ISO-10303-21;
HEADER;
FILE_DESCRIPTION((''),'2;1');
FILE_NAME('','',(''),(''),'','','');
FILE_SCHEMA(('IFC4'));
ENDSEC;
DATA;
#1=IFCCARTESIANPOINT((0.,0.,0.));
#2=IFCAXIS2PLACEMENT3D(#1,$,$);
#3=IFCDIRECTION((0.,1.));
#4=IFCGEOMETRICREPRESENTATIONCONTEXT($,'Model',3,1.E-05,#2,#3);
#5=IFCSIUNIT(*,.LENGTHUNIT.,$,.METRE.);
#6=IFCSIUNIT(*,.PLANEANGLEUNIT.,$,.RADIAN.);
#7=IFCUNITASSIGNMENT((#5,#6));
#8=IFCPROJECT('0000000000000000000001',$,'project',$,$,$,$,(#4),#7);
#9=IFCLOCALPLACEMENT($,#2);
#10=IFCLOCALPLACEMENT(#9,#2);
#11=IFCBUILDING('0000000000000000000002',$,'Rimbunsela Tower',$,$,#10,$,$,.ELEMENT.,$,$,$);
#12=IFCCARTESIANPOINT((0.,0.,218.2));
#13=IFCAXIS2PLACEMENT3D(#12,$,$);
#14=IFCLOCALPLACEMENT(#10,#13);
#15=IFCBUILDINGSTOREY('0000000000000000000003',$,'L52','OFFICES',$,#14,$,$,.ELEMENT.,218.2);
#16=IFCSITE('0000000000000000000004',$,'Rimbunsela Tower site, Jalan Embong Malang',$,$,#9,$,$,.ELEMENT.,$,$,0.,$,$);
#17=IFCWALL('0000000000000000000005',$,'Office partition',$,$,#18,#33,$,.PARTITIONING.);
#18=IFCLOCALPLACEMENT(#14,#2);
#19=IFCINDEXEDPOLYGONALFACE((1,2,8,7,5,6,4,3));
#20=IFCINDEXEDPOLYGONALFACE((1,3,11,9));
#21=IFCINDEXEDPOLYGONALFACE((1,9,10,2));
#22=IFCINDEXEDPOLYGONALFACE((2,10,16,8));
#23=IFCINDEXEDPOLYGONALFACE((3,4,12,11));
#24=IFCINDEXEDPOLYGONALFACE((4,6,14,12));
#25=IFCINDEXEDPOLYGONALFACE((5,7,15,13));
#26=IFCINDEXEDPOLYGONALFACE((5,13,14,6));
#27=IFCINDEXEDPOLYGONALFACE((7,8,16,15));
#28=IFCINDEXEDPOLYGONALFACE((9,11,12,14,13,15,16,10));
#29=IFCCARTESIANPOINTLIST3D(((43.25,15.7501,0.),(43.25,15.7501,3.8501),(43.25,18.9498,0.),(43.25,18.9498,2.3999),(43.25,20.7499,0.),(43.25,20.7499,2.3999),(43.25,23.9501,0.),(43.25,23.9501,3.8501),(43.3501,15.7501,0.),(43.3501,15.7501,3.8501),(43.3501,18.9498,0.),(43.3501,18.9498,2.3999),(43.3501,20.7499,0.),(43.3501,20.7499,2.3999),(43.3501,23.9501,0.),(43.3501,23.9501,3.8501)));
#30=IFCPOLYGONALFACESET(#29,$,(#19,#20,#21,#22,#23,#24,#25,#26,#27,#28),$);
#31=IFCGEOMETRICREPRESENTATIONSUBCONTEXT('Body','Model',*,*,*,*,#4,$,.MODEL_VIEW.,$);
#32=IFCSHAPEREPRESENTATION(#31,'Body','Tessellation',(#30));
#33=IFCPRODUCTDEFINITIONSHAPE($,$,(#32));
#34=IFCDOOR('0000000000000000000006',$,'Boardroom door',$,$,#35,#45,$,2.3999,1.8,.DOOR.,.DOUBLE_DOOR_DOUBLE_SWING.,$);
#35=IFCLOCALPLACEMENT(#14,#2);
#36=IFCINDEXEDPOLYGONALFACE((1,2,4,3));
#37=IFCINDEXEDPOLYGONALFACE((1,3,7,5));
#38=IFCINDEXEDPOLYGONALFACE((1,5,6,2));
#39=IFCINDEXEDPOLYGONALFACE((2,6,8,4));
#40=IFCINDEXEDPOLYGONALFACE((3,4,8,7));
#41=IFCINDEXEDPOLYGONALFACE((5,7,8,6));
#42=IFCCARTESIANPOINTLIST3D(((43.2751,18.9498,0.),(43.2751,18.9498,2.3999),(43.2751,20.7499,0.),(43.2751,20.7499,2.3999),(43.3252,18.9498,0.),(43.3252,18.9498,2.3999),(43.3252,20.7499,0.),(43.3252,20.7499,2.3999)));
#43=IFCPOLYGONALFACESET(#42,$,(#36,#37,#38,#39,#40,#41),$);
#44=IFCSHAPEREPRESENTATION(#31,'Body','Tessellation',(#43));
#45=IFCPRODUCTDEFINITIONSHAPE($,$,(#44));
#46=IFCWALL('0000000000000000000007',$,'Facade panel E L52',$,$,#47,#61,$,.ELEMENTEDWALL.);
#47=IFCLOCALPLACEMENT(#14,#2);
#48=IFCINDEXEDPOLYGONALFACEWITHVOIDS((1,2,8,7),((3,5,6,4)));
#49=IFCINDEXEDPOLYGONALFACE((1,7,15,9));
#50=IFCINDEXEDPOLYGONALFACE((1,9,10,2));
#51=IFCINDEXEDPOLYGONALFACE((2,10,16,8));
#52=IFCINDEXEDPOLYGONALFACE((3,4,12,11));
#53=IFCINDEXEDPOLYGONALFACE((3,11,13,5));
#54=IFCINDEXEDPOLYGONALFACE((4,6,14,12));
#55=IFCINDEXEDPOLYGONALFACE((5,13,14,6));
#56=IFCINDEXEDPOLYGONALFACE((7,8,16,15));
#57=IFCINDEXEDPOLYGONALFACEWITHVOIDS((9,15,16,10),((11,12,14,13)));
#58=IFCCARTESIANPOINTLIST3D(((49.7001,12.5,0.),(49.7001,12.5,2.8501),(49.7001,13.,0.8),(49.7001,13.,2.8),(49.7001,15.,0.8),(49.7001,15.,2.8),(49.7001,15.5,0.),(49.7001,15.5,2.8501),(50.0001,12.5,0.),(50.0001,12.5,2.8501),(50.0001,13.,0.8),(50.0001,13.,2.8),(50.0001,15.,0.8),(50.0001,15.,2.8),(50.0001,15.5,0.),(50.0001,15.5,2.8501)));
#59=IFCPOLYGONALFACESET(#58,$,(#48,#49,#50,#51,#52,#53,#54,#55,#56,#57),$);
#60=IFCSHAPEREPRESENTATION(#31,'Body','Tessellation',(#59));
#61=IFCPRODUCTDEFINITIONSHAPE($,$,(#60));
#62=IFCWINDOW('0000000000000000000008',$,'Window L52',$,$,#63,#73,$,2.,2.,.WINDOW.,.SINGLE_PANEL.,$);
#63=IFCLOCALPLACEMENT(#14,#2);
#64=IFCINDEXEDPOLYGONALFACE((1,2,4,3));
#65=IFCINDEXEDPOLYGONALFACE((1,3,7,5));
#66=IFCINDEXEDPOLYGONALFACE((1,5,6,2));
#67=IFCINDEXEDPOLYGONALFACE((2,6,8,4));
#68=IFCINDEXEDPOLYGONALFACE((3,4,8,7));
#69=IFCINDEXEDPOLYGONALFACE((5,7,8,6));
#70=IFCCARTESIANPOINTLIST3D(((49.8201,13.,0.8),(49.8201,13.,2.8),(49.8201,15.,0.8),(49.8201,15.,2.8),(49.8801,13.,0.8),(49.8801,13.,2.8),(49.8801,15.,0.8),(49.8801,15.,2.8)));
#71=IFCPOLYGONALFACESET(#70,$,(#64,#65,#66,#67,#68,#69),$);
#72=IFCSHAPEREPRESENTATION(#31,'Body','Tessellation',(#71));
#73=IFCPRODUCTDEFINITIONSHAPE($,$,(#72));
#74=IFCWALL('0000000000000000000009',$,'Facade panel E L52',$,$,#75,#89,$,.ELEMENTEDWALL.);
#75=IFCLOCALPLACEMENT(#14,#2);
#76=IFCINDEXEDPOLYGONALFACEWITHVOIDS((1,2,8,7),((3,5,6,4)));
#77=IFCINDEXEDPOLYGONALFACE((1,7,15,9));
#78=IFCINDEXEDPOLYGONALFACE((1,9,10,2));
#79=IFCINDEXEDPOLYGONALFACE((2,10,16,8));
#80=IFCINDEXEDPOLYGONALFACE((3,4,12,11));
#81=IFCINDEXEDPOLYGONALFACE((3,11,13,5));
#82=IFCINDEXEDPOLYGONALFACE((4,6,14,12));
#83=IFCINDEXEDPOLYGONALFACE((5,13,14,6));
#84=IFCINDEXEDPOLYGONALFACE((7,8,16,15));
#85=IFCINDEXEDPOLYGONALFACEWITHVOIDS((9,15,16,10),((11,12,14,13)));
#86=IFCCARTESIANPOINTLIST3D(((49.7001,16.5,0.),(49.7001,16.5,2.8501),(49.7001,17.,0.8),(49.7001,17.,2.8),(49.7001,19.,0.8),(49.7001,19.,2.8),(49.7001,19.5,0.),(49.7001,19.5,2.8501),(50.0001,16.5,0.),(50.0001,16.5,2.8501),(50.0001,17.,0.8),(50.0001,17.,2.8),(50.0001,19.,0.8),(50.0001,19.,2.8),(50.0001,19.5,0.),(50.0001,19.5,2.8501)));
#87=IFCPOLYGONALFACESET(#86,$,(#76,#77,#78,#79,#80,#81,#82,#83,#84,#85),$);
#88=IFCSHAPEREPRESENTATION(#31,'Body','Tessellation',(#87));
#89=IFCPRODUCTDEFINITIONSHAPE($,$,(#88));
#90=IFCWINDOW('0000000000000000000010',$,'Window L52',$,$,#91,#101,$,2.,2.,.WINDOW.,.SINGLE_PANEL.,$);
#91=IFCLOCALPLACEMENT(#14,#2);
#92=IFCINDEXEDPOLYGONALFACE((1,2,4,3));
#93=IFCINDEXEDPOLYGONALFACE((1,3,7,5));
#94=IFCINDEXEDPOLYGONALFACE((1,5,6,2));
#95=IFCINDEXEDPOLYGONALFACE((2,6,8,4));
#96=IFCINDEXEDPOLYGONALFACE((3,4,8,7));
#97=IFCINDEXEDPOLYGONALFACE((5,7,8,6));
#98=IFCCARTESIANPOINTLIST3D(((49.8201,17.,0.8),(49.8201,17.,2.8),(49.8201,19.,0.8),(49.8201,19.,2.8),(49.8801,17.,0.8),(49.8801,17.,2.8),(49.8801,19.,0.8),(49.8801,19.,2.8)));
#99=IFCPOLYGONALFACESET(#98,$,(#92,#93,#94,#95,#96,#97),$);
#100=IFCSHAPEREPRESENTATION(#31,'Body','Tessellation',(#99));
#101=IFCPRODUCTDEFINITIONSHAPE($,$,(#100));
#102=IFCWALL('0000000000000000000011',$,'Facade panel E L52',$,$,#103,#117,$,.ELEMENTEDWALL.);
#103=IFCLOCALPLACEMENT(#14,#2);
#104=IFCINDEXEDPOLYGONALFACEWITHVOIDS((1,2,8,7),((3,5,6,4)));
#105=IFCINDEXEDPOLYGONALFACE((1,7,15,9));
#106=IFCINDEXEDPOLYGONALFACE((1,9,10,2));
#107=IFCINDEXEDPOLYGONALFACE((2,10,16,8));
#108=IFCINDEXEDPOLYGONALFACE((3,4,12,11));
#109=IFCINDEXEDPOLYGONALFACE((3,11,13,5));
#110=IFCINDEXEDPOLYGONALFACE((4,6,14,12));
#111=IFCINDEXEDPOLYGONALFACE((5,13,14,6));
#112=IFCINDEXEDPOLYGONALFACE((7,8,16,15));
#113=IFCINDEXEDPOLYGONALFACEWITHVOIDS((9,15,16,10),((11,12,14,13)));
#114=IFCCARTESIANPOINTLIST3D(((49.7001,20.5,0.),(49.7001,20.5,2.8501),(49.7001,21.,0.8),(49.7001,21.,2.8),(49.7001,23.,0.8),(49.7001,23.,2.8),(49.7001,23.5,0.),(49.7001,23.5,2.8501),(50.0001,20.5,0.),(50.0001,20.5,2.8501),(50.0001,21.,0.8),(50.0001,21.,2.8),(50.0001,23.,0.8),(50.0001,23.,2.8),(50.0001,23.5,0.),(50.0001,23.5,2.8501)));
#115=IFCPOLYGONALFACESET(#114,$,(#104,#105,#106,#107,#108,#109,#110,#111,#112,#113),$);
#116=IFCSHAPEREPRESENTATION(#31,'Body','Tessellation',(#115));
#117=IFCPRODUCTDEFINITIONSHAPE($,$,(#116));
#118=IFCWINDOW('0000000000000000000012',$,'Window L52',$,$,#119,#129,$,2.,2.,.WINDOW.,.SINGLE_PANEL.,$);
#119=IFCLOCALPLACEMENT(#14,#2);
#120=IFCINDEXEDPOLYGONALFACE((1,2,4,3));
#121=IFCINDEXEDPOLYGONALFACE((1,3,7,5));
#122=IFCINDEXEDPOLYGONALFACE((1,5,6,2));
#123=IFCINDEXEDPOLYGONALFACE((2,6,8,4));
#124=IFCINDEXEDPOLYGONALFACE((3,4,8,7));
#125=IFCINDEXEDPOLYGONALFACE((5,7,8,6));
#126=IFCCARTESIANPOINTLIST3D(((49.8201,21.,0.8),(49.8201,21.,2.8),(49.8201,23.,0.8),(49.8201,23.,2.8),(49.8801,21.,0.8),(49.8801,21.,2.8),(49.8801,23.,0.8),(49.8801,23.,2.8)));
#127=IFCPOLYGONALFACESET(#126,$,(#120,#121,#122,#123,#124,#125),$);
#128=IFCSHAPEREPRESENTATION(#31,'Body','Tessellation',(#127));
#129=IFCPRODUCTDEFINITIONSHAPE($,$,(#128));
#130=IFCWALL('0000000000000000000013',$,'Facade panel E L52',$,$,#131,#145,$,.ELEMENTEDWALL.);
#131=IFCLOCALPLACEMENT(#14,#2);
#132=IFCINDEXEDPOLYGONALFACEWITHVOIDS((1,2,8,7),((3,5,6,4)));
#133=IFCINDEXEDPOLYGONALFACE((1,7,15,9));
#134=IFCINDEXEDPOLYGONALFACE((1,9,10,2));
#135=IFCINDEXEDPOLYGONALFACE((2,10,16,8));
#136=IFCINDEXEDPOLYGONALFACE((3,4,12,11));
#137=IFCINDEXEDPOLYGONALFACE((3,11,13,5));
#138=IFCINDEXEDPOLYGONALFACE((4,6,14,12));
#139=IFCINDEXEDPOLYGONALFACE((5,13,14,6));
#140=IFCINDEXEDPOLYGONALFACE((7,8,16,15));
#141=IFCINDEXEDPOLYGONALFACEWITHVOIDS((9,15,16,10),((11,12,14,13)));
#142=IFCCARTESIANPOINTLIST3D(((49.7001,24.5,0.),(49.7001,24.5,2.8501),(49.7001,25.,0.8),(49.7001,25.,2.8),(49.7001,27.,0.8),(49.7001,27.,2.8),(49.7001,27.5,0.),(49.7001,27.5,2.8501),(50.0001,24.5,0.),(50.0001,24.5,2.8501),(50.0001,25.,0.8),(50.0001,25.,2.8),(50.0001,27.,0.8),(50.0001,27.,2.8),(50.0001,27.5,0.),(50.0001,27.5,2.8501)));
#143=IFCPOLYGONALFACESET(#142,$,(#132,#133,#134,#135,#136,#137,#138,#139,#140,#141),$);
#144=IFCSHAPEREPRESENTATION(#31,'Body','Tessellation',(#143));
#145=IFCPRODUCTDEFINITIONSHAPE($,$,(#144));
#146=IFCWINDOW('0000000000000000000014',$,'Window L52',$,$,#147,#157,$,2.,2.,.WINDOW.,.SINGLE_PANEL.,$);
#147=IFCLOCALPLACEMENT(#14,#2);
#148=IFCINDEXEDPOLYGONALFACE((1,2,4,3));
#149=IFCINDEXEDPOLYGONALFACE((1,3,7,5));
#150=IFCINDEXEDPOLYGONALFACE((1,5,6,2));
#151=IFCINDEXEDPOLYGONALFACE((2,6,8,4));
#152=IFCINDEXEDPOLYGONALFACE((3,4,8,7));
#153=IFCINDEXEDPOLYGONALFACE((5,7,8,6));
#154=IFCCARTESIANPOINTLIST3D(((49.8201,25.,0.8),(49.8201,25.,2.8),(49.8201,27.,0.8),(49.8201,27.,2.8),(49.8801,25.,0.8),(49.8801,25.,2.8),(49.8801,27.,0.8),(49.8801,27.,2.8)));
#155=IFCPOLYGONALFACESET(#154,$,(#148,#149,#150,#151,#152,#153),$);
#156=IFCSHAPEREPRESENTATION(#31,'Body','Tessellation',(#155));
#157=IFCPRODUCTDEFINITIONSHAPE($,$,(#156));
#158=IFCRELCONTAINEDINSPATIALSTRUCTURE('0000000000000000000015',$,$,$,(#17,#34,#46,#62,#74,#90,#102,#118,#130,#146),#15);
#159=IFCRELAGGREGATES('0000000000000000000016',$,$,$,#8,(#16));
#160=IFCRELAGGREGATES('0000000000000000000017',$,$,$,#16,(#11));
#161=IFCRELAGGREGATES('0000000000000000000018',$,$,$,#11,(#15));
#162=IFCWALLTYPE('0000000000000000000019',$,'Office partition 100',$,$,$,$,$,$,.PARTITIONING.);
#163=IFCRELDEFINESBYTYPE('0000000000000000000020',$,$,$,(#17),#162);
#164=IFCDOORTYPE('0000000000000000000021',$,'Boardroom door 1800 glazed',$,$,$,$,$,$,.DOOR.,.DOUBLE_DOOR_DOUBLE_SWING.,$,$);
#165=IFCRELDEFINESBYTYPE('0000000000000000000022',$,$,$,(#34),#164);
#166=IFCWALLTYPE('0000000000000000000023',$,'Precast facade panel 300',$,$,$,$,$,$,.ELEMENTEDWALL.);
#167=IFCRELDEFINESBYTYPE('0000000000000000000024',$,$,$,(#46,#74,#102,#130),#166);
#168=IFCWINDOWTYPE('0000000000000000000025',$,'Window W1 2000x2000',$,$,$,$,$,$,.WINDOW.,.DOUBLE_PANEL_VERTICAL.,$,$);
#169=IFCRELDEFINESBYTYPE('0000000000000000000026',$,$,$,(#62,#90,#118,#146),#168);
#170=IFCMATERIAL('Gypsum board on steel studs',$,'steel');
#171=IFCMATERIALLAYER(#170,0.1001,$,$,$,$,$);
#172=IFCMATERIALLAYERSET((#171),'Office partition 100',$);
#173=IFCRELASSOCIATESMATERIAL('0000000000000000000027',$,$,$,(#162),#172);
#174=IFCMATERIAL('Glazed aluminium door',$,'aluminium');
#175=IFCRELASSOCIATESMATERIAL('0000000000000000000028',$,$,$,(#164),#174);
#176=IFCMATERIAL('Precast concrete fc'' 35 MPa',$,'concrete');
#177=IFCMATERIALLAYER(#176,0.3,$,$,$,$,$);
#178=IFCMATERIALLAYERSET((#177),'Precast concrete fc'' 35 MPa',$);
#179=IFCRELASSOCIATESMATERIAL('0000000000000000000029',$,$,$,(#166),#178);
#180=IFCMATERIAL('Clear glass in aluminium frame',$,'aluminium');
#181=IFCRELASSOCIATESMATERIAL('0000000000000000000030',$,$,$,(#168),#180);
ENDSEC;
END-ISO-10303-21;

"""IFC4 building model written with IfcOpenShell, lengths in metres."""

from ifc_helpers import new_model, si_unit, direction, frame, frame_2d, origin, place, context, subcontext, project, spatial, rectangle, extrude, material, layer, layer_set, type_object, element, fill, save


model = new_model("IFC4")

# Units and contexts
model_context = context("Model", 3, precision=1e-05, world=origin(), true_north=direction((0.0, 1.0)))
body_context = subcontext(model_context, "Body", "Model", "MODEL_VIEW")
ifc_project = project(units=[si_unit("LENGTHUNIT", "METRE"), si_unit("PLANEANGLEUNIT", "RADIAN")], contexts=[model_context])

# Site, building, storey
site_placement = place(None, origin())
site = spatial("IfcSite", under=ifc_project, at=site_placement, Name="Rimbunsela Tower site, Jalan Embong Malang", CompositionType="ELEMENT", RefElevation=0.0)
building_placement = place(site_placement, origin())
building = spatial("IfcBuilding", under=site, at=building_placement, Name="Rimbunsela Tower", CompositionType="ELEMENT")
storey_placement = place(building_placement, frame((0.0, 0.0, 218.2)))
storey = spatial("IfcBuildingStorey", under=building, at=storey_placement, Name="L52", Description="OFFICES", CompositionType="ELEMENT", Elevation=218.2)

# Shared definitions
ifc_material_1 = material(Name="Gypsum board on steel studs", Category="steel")
ifc_layer_1 = layer(ifc_material_1, 0.1001)
ifc_layer_set_1 = layer_set([ifc_layer_1], Name="Office partition 100")
wall_type_1 = type_object("IfcWallType", Name="Office partition 100", PredefinedType="PARTITIONING", material=ifc_layer_set_1)

# Wall, opening, door
wall_1_placement = place(storey_placement, frame((43.3, 15.75, 0.0), z_axis=(0.0, 0.0, 1.0), x_axis=(0.0, 1.0, 0.0)))
wall_1 = element("IfcWall", 1, at=wall_1_placement, inside=storey, type_object=wall_type_1, Name="Office partition", PredefinedType="PARTITIONING", context=body_context, shape_type="SweptSolid", body=[
    extrude(rectangle(XDim=8.2, YDim=0.1001, at=frame_2d((4.1001, 0.0))), origin(), (0.0, 0.0, 1.0), 3.8501),
])
opening_1_placement = place(wall_1_placement, frame((3.2, 0.0, 0.0)))
opening_1 = element("IfcOpeningElement", 2, at=opening_1_placement, cuts=wall_1, PredefinedType="OPENING", context=body_context, shape_type="SweptSolid", body=[
    extrude(rectangle(XDim=1.8, YDim=2.3999, at=frame_2d((0.8999, 1.2))), frame((0.0, 0.0601, 0.0), z_axis=(0.0, -1.0, 0.0), x_axis=(1.0, 0.0, 0.0)), (0.0, 0.0, 1.0), 0.1201),
])
ifc_material_2 = material(Name="Glazed aluminium door", Category="aluminium")
door_type_1 = type_object("IfcDoorType", Name="Boardroom door 1800 glazed", OperationType="DOUBLE_DOOR_DOUBLE_SWING", PredefinedType="DOOR", material=ifc_material_2)
door_1_placement = place(opening_1_placement, origin())
door_1 = element("IfcDoor", 3, at=door_1_placement, inside=storey, type_object=door_type_1, Name="Boardroom door", OperationType="DOUBLE_DOOR_DOUBLE_SWING", OverallHeight=2.3999, OverallWidth=1.8, PredefinedType="DOOR", context=body_context, shape_type="SweptSolid", body=[
    extrude(rectangle(XDim=1.8, YDim=2.3999, at=frame_2d((0.8999, 1.2))), frame((0.0, 0.0249, 0.0), z_axis=(0.0, -1.0, 0.0), x_axis=(1.0, 0.0, 0.0)), (0.0, 0.0, 1.0), 0.05),
])
fill(opening_1, door_1)

# Walls, openings, windows
ifc_material_3 = material(Name="Precast concrete fc' 35 MPa", Category="concrete")
ifc_layer_2 = layer(ifc_material_3, 0.3)
ifc_layer_set_2 = layer_set([ifc_layer_2], Name="Precast concrete fc' 35 MPa")
wall_type_2 = type_object("IfcWallType", Name="Precast facade panel 300", PredefinedType="ELEMENTEDWALL", material=ifc_layer_set_2)
wall_2_placement = place(storey_placement, frame((49.8501, 12.5, 0.0), z_axis=(0.0, 0.0, 1.0), x_axis=(0.0, 1.0, 0.0)))
wall_2 = element("IfcWall", 4, at=wall_2_placement, inside=storey, type_object=wall_type_2, Name="Facade panel E L52", PredefinedType="ELEMENTEDWALL", context=body_context, shape_type="SweptSolid", body=[
    extrude(rectangle(XDim=3.0, YDim=0.3, at=frame_2d((1.5, 0.0))), origin(), (0.0, 0.0, 1.0), 2.8501),
])
opening_2_placement = place(wall_2_placement, frame((0.5, 0.0, 0.8)))
opening_2 = element("IfcOpeningElement", 5, at=opening_2_placement, cuts=wall_2, PredefinedType="OPENING", context=body_context, shape_type="SweptSolid", body=[
    extrude(rectangle(XDim=2.0, YDim=2.0, at=frame_2d((1.0, 1.0))), frame((0.0, 0.1599, 0.0), z_axis=(0.0, -1.0, 0.0), x_axis=(1.0, 0.0, 0.0)), (0.0, 0.0, 1.0), 0.3201),
])
ifc_material_4 = material(Name="Clear glass in aluminium frame", Category="aluminium")
window_type = type_object("IfcWindowType", Name="Window W1 2000x2000", PartitioningType="DOUBLE_PANEL_VERTICAL", PredefinedType="WINDOW", material=ifc_material_4)
window_1_placement = place(opening_2_placement, origin())
window_1 = element("IfcWindow", 6, at=window_1_placement, inside=storey, type_object=window_type, Name="Window L52", OverallHeight=2.0, OverallWidth=2.0, PartitioningType="SINGLE_PANEL", PredefinedType="WINDOW", context=body_context, shape_type="SweptSolid", body=[
    extrude(rectangle(XDim=2.0, YDim=2.0, at=frame_2d((1.0, 1.0))), frame((0.0, 0.03, 0.0), z_axis=(0.0, -1.0, 0.0), x_axis=(1.0, 0.0, 0.0)), (0.0, 0.0, 1.0), 0.0601),
])
fill(opening_2, window_1)
wall_3_placement = place(storey_placement, frame((49.8501, 16.5, 0.0), z_axis=(0.0, 0.0, 1.0), x_axis=(0.0, 1.0, 0.0)))
wall_3 = element("IfcWall", 7, at=wall_3_placement, inside=storey, type_object=wall_type_2, Name="Facade panel E L52", PredefinedType="ELEMENTEDWALL", context=body_context, shape_type="SweptSolid", body=[
    extrude(rectangle(XDim=3.0, YDim=0.3, at=frame_2d((1.5, 0.0))), origin(), (0.0, 0.0, 1.0), 2.8501),
])
opening_3_placement = place(wall_3_placement, frame((0.5, 0.0, 0.8)))
opening_3 = element("IfcOpeningElement", 8, at=opening_3_placement, cuts=wall_3, PredefinedType="OPENING", context=body_context, shape_type="SweptSolid", body=[
    extrude(rectangle(XDim=2.0, YDim=2.0, at=frame_2d((1.0, 1.0))), frame((0.0, 0.1599, 0.0), z_axis=(0.0, -1.0, 0.0), x_axis=(1.0, 0.0, 0.0)), (0.0, 0.0, 1.0), 0.3201),
])
window_2_placement = place(opening_3_placement, origin())
window_2 = element("IfcWindow", 9, at=window_2_placement, inside=storey, type_object=window_type, Name="Window L52", OverallHeight=2.0, OverallWidth=2.0, PartitioningType="SINGLE_PANEL", PredefinedType="WINDOW", context=body_context, shape_type="SweptSolid", body=[
    extrude(rectangle(XDim=2.0, YDim=2.0, at=frame_2d((1.0, 1.0))), frame((0.0, 0.03, 0.0), z_axis=(0.0, -1.0, 0.0), x_axis=(1.0, 0.0, 0.0)), (0.0, 0.0, 1.0), 0.0601),
])
fill(opening_3, window_2)
wall_4_placement = place(storey_placement, frame((49.8501, 20.5, 0.0), z_axis=(0.0, 0.0, 1.0), x_axis=(0.0, 1.0, 0.0)))
wall_4 = element("IfcWall", 10, at=wall_4_placement, inside=storey, type_object=wall_type_2, Name="Facade panel E L52", PredefinedType="ELEMENTEDWALL", context=body_context, shape_type="SweptSolid", body=[
    extrude(rectangle(XDim=3.0, YDim=0.3, at=frame_2d((1.5, 0.0))), origin(), (0.0, 0.0, 1.0), 2.8501),
])
opening_4_placement = place(wall_4_placement, frame((0.5, 0.0, 0.8)))
opening_4 = element("IfcOpeningElement", 11, at=opening_4_placement, cuts=wall_4, PredefinedType="OPENING", context=body_context, shape_type="SweptSolid", body=[
    extrude(rectangle(XDim=2.0, YDim=2.0, at=frame_2d((1.0, 1.0))), frame((0.0, 0.1599, 0.0), z_axis=(0.0, -1.0, 0.0), x_axis=(1.0, 0.0, 0.0)), (0.0, 0.0, 1.0), 0.3201),
])
window_3_placement = place(opening_4_placement, origin())
window_3 = element("IfcWindow", 12, at=window_3_placement, inside=storey, type_object=window_type, Name="Window L52", OverallHeight=2.0, OverallWidth=2.0, PartitioningType="SINGLE_PANEL", PredefinedType="WINDOW", context=body_context, shape_type="SweptSolid", body=[
    extrude(rectangle(XDim=2.0, YDim=2.0, at=frame_2d((1.0, 1.0))), frame((0.0, 0.03, 0.0), z_axis=(0.0, -1.0, 0.0), x_axis=(1.0, 0.0, 0.0)), (0.0, 0.0, 1.0), 0.0601),
])
fill(opening_4, window_3)
wall_5_placement = place(storey_placement, frame((49.8501, 24.5, 0.0), z_axis=(0.0, 0.0, 1.0), x_axis=(0.0, 1.0, 0.0)))
wall_5 = element("IfcWall", 13, at=wall_5_placement, inside=storey, type_object=wall_type_2, Name="Facade panel E L52", PredefinedType="ELEMENTEDWALL", context=body_context, shape_type="SweptSolid", body=[
    extrude(rectangle(XDim=3.0, YDim=0.3, at=frame_2d((1.5, 0.0))), origin(), (0.0, 0.0, 1.0), 2.8501),
])
opening_5_placement = place(wall_5_placement, frame((0.5, 0.0, 0.8)))
opening_5 = element("IfcOpeningElement", 14, at=opening_5_placement, cuts=wall_5, PredefinedType="OPENING", context=body_context, shape_type="SweptSolid", body=[
    extrude(rectangle(XDim=2.0, YDim=2.0, at=frame_2d((1.0, 1.0))), frame((0.0, 0.1599, 0.0), z_axis=(0.0, -1.0, 0.0), x_axis=(1.0, 0.0, 0.0)), (0.0, 0.0, 1.0), 0.3201),
])
window_4_placement = place(opening_5_placement, origin())
window_4 = element("IfcWindow", 15, at=window_4_placement, inside=storey, type_object=window_type, Name="Window L52", OverallHeight=2.0, OverallWidth=2.0, PartitioningType="SINGLE_PANEL", PredefinedType="WINDOW", context=body_context, shape_type="SweptSolid", body=[
    extrude(rectangle(XDim=2.0, YDim=2.0, at=frame_2d((1.0, 1.0))), frame((0.0, 0.03, 0.0), z_axis=(0.0, -1.0, 0.0), x_axis=(1.0, 0.0, 0.0)), (0.0, 0.0, 1.0), 0.0601),
])
fill(opening_5, window_4)

save(model, "model.ifc")
